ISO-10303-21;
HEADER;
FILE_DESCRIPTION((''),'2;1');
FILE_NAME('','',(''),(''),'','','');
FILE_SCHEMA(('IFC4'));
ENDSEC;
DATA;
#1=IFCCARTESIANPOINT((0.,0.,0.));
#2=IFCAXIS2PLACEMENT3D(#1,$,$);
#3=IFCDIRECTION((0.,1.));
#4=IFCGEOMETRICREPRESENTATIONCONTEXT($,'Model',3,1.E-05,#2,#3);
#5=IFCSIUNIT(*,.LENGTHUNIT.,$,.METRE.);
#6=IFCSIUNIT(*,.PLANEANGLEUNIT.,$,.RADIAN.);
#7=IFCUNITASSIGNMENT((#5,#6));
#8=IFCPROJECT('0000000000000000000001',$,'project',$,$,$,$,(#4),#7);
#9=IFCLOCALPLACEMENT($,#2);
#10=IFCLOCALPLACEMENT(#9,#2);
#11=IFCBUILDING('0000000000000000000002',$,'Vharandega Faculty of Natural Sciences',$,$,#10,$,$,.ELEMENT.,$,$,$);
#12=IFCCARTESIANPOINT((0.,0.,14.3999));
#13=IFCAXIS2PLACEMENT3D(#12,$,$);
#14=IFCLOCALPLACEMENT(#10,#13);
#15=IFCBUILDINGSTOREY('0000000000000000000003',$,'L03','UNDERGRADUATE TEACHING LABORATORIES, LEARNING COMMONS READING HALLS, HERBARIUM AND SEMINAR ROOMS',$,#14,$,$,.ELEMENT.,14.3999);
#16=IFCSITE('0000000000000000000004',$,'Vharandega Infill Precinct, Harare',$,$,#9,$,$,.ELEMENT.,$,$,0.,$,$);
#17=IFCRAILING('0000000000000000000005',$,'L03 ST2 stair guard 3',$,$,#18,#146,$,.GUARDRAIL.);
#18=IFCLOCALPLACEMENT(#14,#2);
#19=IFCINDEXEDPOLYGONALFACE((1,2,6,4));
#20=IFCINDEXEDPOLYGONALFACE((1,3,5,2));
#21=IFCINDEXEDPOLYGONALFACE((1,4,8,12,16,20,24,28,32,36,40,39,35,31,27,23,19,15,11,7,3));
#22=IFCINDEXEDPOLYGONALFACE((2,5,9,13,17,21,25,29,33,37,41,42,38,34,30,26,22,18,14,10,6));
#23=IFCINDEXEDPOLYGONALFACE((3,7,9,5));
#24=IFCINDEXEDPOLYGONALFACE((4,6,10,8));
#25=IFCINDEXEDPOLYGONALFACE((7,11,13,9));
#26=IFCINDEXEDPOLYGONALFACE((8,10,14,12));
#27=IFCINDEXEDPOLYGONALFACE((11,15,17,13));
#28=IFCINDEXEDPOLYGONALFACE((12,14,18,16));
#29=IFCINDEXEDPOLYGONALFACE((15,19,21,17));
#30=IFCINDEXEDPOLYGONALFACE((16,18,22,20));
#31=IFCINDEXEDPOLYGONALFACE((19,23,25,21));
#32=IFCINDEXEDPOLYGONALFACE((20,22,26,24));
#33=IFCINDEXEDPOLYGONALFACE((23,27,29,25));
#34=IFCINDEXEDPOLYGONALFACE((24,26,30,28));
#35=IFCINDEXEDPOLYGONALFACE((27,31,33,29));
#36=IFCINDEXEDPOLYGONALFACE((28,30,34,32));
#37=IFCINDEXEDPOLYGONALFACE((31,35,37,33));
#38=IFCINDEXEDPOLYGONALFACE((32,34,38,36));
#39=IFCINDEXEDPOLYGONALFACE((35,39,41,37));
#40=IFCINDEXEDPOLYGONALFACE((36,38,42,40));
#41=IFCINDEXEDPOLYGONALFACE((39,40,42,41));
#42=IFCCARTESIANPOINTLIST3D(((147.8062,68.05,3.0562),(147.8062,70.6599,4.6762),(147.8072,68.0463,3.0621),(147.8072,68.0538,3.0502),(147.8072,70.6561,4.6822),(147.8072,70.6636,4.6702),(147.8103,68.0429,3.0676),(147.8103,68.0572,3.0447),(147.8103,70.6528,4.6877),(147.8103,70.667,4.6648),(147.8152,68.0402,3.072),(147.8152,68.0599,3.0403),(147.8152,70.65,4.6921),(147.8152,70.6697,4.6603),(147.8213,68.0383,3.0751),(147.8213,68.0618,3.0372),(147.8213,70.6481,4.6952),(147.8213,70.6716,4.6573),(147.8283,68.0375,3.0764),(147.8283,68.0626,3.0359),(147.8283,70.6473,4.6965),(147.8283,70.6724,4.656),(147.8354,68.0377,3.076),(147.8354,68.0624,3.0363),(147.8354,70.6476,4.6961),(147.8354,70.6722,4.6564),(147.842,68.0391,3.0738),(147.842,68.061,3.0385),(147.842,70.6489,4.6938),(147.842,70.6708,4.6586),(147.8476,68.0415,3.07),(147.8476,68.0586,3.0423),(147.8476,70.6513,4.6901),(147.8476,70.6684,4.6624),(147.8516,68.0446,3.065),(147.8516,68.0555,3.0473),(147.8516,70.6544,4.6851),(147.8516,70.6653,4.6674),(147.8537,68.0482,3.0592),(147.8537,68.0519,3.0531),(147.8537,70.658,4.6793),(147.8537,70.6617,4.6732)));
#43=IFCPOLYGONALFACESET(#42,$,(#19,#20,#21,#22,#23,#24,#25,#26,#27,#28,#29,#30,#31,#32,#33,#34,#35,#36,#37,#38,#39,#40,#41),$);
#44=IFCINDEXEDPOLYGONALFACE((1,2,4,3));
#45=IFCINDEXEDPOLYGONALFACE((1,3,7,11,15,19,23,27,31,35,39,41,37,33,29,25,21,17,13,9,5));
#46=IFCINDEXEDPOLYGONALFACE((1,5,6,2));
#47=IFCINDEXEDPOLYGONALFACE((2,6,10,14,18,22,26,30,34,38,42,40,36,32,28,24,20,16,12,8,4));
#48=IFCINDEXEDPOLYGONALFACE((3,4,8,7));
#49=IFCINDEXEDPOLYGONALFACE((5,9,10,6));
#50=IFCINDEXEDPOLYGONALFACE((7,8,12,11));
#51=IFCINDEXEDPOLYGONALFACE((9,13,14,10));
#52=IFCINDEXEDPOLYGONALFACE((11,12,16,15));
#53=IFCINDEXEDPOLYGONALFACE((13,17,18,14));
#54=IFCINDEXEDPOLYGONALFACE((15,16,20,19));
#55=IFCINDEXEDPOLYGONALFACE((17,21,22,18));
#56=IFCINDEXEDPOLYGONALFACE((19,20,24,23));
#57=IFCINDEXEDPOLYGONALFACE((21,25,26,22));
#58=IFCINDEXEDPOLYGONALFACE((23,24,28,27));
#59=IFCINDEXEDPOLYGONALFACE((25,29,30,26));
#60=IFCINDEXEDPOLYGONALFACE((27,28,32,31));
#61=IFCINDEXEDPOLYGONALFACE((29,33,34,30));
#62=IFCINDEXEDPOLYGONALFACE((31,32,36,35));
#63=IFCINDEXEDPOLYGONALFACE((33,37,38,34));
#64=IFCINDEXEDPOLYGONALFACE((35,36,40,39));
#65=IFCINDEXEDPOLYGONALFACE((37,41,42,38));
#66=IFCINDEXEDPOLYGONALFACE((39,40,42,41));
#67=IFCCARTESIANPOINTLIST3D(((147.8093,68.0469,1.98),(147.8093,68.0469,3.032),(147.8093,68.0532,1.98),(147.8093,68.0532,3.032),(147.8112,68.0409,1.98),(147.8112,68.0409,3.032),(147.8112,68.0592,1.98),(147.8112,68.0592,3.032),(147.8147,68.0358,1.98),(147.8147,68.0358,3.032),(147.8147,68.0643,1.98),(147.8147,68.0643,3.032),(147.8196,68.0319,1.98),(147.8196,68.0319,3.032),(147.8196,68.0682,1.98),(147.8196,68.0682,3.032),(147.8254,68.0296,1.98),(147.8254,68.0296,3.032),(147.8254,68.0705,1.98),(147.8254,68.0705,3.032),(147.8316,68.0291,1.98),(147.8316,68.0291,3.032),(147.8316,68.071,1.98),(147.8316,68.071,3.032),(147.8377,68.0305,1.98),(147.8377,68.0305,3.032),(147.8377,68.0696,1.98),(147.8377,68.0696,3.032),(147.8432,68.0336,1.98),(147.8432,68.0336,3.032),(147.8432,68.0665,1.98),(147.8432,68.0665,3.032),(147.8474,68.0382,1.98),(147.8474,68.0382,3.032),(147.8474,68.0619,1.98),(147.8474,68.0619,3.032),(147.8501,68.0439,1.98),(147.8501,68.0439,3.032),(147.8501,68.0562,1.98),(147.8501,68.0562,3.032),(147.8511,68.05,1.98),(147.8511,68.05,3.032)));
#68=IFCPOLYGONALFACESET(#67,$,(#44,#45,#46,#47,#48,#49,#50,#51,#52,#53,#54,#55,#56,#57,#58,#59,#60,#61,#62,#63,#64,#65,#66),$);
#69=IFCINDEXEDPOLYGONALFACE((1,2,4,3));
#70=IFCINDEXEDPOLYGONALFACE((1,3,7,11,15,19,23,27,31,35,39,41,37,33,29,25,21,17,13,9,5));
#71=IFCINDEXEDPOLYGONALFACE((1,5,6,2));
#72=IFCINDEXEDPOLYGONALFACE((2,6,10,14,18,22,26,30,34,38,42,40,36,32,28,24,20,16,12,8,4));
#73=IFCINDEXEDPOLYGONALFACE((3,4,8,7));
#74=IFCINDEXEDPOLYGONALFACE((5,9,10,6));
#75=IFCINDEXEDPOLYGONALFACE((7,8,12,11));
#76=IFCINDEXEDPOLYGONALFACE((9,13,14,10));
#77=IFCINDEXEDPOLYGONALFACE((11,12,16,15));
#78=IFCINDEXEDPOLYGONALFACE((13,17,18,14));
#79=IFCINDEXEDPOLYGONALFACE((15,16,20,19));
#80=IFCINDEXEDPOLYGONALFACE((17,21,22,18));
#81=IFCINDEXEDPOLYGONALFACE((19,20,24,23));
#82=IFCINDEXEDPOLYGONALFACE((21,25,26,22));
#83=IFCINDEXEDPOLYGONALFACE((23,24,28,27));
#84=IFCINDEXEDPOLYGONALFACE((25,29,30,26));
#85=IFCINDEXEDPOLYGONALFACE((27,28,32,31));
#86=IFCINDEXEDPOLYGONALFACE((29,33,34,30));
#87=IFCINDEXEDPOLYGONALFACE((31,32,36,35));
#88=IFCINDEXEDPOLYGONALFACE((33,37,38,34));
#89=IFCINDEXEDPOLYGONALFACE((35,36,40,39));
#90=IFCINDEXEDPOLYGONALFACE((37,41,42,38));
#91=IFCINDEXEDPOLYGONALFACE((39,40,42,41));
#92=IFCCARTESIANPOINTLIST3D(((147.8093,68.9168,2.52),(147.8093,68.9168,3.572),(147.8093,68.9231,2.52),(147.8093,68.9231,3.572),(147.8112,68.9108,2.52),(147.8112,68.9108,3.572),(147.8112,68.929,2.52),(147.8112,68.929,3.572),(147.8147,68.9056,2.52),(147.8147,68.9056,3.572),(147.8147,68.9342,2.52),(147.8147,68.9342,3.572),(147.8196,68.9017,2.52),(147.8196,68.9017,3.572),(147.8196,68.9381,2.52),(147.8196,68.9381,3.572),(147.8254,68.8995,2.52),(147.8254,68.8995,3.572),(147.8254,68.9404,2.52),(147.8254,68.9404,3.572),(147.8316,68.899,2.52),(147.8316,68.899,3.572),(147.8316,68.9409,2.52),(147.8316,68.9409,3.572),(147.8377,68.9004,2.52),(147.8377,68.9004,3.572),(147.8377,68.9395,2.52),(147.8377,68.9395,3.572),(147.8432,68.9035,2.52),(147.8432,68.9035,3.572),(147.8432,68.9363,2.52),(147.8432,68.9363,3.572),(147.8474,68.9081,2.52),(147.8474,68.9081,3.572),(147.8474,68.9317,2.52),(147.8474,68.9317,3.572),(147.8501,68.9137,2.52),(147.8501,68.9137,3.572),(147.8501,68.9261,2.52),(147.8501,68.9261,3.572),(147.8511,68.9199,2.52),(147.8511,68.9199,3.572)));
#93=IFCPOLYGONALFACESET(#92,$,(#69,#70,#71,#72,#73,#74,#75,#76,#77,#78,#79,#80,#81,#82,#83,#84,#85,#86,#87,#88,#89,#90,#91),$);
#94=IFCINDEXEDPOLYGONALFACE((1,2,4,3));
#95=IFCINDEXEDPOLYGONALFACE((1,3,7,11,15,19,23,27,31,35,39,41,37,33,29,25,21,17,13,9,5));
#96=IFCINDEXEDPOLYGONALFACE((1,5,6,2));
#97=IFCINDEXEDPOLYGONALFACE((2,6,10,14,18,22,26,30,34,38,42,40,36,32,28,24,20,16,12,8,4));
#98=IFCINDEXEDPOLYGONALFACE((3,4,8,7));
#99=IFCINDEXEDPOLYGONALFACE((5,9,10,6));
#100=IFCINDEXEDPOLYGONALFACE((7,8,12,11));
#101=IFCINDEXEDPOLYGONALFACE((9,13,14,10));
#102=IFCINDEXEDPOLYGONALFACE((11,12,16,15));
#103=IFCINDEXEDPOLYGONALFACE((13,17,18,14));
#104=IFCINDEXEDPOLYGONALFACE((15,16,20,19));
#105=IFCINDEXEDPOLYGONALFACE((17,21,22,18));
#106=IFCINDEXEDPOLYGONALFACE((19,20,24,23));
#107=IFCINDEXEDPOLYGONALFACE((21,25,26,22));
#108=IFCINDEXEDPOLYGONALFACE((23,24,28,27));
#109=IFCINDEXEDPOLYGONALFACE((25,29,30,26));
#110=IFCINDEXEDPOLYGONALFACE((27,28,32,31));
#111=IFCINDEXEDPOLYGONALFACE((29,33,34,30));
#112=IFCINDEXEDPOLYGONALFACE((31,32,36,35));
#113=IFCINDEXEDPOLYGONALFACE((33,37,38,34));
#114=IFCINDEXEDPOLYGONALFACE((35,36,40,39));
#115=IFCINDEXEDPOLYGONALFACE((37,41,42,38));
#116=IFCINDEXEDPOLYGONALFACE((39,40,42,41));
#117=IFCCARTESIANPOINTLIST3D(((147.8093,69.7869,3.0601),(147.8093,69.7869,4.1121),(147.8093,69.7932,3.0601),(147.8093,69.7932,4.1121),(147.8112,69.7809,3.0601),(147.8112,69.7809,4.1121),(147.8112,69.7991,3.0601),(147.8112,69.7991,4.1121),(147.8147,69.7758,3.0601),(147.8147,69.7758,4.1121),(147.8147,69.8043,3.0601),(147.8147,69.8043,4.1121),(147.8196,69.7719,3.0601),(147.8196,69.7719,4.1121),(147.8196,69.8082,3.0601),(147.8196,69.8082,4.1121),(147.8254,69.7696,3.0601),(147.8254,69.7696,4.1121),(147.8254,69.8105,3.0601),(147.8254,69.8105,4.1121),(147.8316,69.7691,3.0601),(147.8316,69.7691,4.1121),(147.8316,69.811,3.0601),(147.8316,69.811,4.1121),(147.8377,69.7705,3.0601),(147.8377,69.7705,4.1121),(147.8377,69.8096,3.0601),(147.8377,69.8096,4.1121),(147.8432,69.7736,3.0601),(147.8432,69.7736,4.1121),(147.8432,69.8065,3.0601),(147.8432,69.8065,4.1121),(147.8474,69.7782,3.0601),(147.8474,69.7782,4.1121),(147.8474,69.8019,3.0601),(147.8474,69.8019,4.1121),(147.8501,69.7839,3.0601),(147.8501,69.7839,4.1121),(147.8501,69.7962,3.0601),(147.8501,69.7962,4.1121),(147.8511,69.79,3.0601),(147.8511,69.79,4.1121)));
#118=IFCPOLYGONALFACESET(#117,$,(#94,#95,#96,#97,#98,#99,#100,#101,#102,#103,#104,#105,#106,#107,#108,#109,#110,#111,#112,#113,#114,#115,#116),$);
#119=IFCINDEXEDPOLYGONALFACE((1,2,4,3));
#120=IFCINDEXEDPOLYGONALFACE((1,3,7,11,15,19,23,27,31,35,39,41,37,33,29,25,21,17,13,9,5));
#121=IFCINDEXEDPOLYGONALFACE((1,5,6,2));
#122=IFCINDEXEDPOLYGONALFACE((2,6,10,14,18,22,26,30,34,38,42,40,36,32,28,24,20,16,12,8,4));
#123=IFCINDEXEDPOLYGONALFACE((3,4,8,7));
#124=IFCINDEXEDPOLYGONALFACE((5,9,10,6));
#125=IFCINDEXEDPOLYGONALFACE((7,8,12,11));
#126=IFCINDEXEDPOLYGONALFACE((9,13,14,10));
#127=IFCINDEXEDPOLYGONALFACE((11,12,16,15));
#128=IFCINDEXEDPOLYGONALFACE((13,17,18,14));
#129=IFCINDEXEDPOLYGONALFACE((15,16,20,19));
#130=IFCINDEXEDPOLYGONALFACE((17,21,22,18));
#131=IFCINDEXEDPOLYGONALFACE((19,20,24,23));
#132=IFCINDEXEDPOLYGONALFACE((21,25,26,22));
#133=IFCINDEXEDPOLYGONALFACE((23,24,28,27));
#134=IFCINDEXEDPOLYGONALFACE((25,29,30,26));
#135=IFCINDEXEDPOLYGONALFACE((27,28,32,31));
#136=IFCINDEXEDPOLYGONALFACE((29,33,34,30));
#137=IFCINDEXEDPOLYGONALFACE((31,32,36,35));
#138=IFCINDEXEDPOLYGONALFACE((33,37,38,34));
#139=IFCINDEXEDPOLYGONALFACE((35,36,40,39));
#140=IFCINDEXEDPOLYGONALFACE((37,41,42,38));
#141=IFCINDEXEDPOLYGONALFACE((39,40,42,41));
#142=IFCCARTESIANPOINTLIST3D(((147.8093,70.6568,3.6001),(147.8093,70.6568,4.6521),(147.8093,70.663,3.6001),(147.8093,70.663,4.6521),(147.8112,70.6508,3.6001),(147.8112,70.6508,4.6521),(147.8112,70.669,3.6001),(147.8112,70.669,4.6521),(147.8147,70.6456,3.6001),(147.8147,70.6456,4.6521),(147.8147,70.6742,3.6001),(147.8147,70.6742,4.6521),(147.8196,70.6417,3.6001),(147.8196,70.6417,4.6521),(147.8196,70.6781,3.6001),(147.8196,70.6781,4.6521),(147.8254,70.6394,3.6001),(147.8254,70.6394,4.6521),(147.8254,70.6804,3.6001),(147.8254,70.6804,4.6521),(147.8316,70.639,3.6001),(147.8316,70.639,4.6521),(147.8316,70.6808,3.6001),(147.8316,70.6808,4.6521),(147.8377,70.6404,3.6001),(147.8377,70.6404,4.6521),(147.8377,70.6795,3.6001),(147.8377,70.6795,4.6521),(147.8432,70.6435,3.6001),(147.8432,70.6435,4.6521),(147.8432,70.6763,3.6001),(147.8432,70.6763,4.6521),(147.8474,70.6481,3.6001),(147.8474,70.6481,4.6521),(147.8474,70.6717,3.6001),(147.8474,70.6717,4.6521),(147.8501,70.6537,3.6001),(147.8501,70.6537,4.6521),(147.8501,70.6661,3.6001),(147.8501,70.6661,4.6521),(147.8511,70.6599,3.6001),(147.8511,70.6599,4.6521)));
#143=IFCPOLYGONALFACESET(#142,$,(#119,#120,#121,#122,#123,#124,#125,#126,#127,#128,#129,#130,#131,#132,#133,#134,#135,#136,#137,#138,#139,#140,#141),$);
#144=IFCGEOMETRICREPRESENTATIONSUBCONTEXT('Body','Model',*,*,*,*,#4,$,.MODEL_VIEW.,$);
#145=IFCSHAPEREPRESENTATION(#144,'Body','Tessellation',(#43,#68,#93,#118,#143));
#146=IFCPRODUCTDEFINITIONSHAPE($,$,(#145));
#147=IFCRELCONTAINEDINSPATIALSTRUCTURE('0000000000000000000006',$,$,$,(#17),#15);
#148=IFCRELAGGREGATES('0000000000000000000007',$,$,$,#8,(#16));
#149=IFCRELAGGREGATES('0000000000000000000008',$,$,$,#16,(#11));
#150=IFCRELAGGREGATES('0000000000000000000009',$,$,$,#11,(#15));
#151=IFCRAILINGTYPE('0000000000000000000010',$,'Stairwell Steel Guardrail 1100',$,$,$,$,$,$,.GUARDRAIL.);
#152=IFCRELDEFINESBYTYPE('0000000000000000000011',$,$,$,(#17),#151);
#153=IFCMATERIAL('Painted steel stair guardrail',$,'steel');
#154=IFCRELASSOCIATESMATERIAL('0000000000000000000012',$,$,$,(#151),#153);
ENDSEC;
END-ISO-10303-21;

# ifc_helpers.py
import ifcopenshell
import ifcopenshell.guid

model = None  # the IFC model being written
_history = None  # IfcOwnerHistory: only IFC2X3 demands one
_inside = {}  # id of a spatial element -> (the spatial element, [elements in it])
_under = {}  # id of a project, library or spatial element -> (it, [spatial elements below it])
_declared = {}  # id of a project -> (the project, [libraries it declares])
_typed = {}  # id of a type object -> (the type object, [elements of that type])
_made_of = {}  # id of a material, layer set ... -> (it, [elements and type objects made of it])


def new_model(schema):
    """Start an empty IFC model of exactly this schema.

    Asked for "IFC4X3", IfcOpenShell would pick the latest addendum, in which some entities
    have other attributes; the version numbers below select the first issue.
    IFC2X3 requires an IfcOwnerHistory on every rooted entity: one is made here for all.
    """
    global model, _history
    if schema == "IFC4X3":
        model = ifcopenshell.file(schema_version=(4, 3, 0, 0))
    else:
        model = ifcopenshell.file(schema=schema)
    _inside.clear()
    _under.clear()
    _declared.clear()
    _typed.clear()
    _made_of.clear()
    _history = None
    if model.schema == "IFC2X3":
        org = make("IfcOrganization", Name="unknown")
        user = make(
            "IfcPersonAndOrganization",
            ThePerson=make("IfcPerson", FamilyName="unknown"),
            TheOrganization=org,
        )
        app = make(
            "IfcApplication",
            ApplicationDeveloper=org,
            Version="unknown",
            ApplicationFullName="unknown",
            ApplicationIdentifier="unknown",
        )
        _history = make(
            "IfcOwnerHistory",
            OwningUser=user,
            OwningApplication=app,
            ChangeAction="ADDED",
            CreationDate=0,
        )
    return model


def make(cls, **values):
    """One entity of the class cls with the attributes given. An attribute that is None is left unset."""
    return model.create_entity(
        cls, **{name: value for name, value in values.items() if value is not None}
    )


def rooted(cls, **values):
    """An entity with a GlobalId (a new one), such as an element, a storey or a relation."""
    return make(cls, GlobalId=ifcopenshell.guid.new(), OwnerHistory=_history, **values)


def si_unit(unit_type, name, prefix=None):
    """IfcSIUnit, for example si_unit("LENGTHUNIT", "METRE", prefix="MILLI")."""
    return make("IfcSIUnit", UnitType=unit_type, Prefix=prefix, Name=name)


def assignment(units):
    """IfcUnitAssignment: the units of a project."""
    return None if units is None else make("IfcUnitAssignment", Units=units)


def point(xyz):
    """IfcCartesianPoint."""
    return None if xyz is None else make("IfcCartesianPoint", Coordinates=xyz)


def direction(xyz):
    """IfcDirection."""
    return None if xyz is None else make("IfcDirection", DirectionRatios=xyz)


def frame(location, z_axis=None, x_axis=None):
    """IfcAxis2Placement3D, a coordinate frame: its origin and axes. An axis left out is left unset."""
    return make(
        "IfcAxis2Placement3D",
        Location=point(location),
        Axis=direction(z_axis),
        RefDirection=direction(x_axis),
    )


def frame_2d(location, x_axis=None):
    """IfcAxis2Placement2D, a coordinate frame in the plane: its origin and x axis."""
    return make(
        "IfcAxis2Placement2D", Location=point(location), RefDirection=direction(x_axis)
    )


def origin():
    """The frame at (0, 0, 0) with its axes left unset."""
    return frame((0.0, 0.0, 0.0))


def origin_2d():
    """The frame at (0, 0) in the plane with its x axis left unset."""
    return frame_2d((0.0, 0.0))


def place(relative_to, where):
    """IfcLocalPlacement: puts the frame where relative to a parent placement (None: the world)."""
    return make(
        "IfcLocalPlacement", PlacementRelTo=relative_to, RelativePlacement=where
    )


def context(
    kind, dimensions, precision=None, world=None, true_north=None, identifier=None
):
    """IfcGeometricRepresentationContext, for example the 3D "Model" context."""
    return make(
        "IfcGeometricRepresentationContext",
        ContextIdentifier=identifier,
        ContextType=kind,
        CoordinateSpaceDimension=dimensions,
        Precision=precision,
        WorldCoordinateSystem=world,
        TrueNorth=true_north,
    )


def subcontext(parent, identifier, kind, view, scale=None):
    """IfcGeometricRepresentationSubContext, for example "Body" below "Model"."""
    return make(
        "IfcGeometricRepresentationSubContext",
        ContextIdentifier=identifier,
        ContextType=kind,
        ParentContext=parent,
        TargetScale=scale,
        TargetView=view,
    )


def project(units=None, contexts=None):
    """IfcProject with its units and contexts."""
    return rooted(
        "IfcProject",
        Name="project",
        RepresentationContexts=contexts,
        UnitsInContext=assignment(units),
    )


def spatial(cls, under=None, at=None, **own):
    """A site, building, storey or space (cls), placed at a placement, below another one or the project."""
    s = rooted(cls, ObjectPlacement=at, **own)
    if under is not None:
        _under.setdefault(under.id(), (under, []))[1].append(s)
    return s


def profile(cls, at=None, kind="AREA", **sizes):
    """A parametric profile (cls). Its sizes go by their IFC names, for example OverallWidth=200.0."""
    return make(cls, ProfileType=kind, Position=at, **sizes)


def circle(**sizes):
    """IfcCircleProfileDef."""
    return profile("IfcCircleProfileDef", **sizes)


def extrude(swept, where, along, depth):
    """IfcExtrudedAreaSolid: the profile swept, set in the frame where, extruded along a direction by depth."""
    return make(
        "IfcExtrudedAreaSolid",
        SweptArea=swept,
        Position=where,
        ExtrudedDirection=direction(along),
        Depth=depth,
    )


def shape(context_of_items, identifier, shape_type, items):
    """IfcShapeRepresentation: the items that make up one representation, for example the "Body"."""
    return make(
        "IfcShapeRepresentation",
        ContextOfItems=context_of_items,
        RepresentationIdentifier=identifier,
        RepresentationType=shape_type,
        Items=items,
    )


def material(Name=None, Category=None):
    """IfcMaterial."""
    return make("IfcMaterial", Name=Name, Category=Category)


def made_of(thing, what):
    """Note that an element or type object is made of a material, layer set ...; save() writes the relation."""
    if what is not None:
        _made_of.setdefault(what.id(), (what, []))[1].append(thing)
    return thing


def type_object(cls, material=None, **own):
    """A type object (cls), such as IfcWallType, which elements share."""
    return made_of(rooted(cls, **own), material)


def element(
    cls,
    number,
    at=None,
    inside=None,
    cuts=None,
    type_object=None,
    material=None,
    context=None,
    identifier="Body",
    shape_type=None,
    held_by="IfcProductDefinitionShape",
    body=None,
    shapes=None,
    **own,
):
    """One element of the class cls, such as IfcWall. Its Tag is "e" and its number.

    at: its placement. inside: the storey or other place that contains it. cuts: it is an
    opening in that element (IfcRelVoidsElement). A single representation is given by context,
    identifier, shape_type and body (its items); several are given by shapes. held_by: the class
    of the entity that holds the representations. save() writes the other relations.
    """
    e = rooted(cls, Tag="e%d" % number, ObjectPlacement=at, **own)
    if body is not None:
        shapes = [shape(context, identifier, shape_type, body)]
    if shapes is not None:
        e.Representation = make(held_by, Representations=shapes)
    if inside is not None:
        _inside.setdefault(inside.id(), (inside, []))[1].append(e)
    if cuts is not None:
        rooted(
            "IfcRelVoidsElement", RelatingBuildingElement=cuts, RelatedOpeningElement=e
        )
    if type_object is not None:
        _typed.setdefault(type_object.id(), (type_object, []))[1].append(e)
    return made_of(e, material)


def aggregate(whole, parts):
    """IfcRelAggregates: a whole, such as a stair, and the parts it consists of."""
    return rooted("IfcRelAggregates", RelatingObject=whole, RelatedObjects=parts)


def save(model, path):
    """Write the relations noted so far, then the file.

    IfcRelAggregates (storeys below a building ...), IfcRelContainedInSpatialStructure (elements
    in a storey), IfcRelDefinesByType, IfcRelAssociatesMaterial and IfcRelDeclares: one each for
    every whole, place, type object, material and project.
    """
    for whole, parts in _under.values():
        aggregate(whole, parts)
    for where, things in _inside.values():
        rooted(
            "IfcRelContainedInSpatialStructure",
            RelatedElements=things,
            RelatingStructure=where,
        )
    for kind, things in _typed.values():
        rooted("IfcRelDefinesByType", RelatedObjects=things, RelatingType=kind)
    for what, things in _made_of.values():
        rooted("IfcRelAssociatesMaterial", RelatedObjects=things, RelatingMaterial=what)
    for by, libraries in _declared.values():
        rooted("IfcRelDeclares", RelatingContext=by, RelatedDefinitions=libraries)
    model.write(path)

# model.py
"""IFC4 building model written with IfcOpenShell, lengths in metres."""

from ifc_helpers import new_model, si_unit, direction, frame, origin, origin_2d, place, context, subcontext, project, spatial, circle, extrude, material, type_object, element, save


model = new_model("IFC4")

# Units and contexts
model_context = context("Model", 3, precision=1e-05, world=origin(), true_north=direction((0.0, 1.0)))
body_context = subcontext(model_context, "Body", "Model", "MODEL_VIEW")
ifc_project = project(units=[si_unit("LENGTHUNIT", "METRE"), si_unit("PLANEANGLEUNIT", "RADIAN")], contexts=[model_context])

# Site, building, storey
site_placement = place(None, origin())
site = spatial("IfcSite", under=ifc_project, at=site_placement, Name="Vharandega Infill Precinct, Harare", CompositionType="ELEMENT", RefElevation=0.0)
building_placement = place(site_placement, origin())
building = spatial("IfcBuilding", under=site, at=building_placement, Name="Vharandega Faculty of Natural Sciences", CompositionType="ELEMENT")
storey_placement = place(building_placement, frame((0.0, 0.0, 14.3999)))
storey = spatial("IfcBuildingStorey", under=building, at=storey_placement, Name="L03", Description="UNDERGRADUATE TEACHING LABORATORIES, LEARNING COMMONS READING HALLS, HERBARIUM AND SEMINAR ROOMS", CompositionType="ELEMENT", Elevation=14.3999)

# Railing
ifc_material_1 = material(Name="Painted steel stair guardrail", Category="steel")
railing_type_1 = type_object("IfcRailingType", Name="Stairwell Steel Guardrail 1100", PredefinedType="GUARDRAIL", material=ifc_material_1)
railing_1_placement = place(storey_placement, frame((147.8301, 68.05, 1.98)))
element("IfcRailing", 1, at=railing_1_placement, inside=storey, type_object=railing_type_1, Name="L03 ST2 stair guard 3", PredefinedType="GUARDRAIL", context=body_context, shape_type="SweptSolid", body=[
    extrude(circle(Radius=0.0239, at=origin_2d()), frame((0.0, 0.0, 1.0762), z_axis=(0.0, 0.849611, 0.52741), x_axis=(-1.0, 0.0, 0.0)), (0.0, 0.0, 1.0), 3.0718),
    extrude(circle(Radius=0.021, at=origin_2d()), origin(), (0.0, 0.0, 1.0), 1.052),
    extrude(circle(Radius=0.021, at=origin_2d()), frame((0.0, 0.8699, 0.54)), (0.0, 0.0, 1.0), 1.052),
    extrude(circle(Radius=0.021, at=origin_2d()), frame((0.0, 1.74, 1.0801)), (0.0, 0.0, 1.0), 1.052),
    extrude(circle(Radius=0.021, at=origin_2d()), frame((0.0, 2.6099, 1.6201)), (0.0, 0.0, 1.0), 1.052),
])

save(model, "model.ifc")
